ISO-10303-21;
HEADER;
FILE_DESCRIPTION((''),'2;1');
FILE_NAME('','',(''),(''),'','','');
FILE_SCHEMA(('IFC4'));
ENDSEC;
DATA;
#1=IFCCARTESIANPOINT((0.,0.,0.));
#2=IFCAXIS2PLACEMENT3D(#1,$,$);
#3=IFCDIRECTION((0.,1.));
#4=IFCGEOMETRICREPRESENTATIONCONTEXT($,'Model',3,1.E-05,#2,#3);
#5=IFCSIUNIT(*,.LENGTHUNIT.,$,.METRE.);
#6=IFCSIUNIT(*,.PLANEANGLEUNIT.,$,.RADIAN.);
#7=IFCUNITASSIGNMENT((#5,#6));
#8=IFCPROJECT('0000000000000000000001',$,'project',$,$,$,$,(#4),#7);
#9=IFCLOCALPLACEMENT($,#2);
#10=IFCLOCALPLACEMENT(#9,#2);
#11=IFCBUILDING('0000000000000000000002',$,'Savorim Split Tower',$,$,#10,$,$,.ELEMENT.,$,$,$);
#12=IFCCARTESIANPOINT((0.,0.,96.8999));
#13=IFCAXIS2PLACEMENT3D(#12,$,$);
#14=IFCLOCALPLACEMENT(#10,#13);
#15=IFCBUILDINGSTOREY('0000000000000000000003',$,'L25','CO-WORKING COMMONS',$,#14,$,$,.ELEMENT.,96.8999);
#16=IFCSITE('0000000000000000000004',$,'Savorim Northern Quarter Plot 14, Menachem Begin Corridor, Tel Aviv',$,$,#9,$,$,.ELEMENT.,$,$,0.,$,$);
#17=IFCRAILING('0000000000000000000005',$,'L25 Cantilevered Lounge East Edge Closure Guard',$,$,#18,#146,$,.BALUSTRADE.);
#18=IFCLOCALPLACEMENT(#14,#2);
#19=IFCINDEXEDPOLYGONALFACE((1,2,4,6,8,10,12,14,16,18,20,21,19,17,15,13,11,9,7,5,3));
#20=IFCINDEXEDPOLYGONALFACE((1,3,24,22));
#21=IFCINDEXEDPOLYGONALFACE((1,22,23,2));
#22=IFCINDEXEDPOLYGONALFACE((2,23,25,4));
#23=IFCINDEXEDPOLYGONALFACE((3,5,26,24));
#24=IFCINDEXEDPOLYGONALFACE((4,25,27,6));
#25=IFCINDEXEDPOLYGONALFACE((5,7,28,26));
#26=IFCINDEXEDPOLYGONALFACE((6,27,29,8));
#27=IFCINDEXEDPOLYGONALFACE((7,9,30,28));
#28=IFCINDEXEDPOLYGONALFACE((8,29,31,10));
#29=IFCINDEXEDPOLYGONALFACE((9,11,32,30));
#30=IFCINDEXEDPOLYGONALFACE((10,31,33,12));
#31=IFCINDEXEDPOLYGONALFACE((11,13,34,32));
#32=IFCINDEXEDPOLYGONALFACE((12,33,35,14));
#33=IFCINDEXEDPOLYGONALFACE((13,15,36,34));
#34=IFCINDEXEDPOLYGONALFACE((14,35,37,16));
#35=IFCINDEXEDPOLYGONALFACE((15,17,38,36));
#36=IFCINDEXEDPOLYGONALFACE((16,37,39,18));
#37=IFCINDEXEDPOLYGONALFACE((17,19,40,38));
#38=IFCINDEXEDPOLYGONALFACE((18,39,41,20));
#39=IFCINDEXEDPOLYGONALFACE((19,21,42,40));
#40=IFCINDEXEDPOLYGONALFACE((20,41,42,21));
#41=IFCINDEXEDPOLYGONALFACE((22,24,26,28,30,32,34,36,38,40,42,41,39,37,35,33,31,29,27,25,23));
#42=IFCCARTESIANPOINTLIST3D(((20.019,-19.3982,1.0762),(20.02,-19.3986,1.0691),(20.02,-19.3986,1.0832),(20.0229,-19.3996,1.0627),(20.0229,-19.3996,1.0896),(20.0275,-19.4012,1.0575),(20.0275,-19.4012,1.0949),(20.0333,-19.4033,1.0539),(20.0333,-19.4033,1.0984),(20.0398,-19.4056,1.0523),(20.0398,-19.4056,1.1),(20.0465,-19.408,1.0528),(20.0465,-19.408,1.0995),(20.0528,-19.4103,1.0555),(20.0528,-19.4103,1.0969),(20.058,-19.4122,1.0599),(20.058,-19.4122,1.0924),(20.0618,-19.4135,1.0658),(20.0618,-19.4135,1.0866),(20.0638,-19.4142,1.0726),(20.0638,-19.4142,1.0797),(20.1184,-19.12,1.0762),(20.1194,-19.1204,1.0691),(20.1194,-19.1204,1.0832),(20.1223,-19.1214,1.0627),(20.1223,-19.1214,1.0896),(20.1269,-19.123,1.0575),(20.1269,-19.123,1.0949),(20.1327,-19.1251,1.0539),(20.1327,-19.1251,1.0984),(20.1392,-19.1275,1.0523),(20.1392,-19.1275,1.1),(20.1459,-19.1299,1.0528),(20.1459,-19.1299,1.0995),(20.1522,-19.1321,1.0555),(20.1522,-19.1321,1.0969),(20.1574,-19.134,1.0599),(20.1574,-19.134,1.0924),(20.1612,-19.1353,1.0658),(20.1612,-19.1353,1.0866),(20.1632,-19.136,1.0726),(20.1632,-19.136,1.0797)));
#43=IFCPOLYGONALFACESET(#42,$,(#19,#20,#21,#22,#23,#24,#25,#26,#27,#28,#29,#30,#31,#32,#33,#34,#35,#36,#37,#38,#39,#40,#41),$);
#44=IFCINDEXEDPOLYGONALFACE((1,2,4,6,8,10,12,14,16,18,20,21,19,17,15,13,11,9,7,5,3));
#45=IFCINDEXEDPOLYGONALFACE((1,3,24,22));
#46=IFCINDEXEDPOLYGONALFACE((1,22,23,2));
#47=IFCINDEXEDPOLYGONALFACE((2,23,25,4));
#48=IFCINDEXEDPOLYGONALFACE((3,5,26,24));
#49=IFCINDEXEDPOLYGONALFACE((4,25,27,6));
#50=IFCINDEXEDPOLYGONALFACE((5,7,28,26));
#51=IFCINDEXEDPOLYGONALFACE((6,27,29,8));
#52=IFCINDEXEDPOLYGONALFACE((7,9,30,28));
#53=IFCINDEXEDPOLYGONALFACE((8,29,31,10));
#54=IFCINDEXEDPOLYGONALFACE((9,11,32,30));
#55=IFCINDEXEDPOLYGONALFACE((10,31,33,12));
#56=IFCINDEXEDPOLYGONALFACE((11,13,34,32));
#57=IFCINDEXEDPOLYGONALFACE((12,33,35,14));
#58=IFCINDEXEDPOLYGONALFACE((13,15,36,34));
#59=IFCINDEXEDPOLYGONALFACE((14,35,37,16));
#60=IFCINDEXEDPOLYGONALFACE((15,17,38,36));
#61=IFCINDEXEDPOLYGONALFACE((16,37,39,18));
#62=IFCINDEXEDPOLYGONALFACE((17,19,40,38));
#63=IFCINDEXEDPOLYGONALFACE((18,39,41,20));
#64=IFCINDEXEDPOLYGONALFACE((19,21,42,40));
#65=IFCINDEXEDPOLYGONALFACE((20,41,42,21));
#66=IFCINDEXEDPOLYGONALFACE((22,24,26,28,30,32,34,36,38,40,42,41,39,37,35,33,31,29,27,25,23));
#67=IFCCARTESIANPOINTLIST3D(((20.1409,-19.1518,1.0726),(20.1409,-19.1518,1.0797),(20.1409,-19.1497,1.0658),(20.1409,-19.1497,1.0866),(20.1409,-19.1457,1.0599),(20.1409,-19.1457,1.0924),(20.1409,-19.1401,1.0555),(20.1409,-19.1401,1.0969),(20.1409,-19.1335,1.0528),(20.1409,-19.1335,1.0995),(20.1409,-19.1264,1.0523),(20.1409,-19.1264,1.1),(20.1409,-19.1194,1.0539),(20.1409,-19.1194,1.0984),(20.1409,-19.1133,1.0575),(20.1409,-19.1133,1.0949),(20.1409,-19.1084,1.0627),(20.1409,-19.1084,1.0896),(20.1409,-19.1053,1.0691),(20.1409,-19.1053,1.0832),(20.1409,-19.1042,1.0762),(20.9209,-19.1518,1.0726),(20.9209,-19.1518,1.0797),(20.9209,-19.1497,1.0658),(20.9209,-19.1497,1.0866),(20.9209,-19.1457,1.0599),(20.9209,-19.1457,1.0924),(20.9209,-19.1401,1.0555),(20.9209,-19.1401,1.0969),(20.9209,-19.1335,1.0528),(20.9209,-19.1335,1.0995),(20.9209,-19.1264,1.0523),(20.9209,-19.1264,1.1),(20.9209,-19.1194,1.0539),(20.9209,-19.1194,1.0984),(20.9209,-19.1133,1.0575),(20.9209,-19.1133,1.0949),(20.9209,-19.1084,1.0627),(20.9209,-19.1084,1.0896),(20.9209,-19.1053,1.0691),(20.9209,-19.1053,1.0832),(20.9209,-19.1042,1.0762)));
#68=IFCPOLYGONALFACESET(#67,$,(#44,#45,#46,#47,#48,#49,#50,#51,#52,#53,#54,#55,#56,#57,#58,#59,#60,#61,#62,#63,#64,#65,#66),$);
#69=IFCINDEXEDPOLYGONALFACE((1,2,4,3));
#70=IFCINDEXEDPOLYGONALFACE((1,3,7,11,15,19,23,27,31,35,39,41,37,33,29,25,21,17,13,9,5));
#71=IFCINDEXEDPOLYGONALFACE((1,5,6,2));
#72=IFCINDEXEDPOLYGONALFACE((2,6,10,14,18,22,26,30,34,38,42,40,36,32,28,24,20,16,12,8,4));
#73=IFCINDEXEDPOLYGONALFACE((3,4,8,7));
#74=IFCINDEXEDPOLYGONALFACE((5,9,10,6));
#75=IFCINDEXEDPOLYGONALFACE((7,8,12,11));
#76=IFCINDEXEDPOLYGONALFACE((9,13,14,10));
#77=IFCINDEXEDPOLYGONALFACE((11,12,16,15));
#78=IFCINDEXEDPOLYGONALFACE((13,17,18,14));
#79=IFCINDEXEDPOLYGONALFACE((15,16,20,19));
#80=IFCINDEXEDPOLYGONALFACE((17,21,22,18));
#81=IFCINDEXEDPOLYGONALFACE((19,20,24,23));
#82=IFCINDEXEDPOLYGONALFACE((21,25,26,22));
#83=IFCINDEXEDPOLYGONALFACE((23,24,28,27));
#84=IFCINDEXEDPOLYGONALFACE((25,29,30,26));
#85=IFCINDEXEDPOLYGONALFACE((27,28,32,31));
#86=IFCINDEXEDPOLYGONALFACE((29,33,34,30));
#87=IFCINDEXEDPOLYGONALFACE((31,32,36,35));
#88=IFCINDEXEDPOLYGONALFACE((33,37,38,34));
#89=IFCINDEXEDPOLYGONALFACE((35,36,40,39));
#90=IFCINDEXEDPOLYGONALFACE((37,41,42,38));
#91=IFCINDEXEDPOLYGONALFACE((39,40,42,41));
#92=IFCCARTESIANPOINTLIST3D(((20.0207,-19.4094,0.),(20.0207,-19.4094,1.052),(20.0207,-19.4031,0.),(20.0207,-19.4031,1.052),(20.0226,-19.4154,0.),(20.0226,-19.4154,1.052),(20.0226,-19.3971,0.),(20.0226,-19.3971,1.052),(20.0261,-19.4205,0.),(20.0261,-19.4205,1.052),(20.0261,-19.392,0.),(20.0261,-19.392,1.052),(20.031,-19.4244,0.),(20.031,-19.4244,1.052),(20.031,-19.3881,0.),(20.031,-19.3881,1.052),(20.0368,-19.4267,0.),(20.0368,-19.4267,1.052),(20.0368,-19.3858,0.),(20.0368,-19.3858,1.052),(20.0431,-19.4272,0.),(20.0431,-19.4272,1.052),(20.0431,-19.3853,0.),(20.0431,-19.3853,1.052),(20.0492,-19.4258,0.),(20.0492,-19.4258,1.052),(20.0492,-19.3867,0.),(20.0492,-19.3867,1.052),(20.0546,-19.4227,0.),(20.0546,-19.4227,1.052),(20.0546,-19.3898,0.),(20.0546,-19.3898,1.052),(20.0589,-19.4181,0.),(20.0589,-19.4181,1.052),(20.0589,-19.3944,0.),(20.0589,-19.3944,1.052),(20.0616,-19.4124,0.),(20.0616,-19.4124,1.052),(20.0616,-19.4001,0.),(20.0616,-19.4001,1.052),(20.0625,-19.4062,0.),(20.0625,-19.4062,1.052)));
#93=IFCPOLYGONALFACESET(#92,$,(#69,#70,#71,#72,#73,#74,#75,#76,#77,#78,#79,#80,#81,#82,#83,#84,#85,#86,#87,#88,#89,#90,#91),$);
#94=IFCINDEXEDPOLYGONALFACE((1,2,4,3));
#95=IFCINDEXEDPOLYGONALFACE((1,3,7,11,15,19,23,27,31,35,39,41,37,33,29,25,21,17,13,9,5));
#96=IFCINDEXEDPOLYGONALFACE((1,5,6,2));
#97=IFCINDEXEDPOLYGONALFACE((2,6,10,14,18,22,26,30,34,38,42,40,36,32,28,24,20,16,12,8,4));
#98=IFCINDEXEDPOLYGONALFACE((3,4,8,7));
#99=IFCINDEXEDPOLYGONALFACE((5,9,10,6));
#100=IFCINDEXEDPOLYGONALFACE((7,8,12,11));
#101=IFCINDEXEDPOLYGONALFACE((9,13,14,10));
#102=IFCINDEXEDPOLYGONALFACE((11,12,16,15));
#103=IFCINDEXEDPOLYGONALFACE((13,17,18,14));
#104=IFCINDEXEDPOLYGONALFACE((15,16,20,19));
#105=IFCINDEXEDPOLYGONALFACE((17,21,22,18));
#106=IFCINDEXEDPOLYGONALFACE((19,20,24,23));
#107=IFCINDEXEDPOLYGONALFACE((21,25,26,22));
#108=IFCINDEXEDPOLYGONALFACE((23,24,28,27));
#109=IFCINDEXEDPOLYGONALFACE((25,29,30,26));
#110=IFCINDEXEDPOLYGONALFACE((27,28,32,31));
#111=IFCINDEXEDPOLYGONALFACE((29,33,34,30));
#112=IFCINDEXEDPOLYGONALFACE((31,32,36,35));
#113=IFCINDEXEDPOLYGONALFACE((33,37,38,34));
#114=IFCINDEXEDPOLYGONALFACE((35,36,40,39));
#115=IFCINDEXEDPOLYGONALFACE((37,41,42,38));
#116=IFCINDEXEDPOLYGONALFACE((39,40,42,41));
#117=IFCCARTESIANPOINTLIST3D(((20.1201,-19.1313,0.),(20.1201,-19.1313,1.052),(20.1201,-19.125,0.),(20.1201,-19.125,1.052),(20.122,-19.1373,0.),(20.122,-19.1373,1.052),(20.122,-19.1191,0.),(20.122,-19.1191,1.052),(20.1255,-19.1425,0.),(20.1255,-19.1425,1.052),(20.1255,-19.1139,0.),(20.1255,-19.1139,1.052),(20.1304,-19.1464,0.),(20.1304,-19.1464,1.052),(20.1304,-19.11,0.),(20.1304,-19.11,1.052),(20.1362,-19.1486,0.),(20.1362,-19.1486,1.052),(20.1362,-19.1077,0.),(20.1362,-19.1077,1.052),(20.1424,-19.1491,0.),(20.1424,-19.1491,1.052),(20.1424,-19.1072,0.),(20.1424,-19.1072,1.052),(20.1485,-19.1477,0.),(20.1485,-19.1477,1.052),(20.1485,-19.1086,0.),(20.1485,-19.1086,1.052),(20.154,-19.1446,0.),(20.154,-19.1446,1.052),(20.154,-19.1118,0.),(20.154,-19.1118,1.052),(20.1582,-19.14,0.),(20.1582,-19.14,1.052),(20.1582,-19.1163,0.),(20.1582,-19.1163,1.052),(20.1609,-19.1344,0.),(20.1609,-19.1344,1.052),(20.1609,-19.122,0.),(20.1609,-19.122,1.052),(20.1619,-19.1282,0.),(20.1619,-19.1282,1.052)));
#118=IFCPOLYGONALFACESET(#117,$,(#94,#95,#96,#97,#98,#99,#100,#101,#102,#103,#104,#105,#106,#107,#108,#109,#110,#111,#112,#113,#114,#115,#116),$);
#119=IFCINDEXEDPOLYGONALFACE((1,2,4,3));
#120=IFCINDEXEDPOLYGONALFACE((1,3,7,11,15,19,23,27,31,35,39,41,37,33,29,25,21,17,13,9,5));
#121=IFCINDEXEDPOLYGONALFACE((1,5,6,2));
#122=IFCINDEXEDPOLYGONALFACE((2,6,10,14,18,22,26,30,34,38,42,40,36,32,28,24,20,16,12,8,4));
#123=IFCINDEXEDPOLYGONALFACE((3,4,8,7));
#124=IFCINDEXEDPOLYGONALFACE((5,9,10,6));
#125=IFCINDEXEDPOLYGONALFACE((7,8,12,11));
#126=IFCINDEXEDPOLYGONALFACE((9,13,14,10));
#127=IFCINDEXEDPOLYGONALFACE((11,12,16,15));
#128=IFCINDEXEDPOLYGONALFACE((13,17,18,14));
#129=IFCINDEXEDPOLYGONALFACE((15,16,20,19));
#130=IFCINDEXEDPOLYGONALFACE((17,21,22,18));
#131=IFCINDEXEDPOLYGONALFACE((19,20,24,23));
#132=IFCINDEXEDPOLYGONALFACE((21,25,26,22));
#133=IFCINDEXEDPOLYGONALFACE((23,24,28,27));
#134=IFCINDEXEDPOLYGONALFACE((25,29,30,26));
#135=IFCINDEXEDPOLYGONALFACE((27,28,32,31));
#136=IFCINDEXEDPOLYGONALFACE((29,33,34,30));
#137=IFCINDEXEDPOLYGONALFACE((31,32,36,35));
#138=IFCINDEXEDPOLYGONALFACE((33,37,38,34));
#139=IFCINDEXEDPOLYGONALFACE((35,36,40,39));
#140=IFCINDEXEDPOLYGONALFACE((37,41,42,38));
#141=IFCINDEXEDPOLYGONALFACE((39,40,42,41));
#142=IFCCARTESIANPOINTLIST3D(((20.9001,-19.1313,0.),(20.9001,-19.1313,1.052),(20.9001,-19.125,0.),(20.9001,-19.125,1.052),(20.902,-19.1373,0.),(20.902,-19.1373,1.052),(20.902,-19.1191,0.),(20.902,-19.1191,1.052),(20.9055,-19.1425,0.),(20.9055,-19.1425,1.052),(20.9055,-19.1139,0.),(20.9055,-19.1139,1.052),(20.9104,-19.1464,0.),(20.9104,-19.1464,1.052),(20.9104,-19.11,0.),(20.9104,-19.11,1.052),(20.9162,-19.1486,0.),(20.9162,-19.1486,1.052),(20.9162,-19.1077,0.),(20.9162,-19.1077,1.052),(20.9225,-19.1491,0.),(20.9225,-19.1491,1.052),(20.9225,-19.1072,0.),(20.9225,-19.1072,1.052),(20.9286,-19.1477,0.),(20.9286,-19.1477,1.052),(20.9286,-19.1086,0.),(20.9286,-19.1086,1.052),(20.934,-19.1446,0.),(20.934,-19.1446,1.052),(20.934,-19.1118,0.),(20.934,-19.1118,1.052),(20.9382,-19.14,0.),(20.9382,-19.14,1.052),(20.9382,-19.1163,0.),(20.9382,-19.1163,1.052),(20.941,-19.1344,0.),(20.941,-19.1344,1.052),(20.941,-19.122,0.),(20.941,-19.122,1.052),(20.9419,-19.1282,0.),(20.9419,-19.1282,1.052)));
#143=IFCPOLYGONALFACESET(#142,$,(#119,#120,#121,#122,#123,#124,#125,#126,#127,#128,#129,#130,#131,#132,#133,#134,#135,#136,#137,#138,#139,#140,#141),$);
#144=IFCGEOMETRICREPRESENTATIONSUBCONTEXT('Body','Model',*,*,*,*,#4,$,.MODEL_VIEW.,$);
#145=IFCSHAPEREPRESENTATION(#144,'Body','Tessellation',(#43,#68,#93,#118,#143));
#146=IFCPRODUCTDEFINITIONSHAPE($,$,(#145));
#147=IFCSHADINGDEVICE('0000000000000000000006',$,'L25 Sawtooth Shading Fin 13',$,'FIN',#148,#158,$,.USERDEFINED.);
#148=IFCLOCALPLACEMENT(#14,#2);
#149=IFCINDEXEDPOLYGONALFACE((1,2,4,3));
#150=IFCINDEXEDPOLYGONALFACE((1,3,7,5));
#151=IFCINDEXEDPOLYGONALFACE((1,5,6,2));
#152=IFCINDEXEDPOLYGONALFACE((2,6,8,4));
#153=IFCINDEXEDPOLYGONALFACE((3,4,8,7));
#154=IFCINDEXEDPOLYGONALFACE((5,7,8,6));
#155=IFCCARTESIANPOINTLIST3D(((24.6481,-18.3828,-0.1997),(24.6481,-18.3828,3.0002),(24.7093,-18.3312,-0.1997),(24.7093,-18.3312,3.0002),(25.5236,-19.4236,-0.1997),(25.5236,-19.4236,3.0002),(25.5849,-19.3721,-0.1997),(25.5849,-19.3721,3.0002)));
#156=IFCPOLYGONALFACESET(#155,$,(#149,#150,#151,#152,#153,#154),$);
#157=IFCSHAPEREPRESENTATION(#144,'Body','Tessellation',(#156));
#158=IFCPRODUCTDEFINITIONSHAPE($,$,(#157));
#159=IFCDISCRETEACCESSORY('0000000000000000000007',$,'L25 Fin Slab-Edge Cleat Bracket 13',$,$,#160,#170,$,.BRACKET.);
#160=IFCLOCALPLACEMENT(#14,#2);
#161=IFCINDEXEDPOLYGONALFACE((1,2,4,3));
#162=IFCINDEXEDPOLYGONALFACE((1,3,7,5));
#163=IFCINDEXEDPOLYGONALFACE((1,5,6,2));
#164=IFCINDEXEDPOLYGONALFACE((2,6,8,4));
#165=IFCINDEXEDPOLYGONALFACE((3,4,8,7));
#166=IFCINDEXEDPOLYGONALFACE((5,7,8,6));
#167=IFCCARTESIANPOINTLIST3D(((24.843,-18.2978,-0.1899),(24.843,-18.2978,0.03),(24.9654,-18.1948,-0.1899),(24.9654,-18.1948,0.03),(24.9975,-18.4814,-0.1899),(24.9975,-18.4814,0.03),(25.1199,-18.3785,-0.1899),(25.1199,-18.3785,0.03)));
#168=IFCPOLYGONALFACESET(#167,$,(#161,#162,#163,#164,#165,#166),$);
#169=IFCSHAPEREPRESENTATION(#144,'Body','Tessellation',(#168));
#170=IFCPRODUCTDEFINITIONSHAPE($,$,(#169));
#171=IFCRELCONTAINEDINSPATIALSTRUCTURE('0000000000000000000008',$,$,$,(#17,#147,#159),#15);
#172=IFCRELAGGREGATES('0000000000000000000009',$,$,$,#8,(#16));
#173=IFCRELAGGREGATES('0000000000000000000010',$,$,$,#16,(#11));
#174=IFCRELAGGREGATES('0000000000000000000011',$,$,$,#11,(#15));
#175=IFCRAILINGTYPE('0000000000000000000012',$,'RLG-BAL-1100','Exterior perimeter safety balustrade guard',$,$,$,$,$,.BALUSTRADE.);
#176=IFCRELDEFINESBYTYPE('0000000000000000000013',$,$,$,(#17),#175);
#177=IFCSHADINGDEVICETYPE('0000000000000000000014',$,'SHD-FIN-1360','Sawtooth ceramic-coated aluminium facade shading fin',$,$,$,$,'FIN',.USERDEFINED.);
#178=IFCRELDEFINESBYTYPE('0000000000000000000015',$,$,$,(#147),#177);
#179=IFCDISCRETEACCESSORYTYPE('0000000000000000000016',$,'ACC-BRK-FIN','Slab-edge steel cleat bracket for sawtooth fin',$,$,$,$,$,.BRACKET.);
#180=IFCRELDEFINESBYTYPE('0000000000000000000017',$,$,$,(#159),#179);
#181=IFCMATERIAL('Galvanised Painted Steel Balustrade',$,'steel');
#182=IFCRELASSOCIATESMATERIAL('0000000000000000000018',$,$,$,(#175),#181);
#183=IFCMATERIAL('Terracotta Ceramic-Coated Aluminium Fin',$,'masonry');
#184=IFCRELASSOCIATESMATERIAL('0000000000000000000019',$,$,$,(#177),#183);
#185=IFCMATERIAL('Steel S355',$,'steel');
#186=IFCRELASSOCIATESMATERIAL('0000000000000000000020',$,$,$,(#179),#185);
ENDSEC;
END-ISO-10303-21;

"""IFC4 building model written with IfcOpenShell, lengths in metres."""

from ifc_helpers import new_model, si_unit, direction, frame, origin, origin_2d, place, context, subcontext, project, spatial, rectangle, circle, extrude, material, type_object, element, save


model = new_model("IFC4")

# Units and contexts
model_context = context("Model", 3, precision=1e-05, world=origin(), true_north=direction((0.0, 1.0)))
body_context = subcontext(model_context, "Body", "Model", "MODEL_VIEW")
ifc_project = project(units=[si_unit("LENGTHUNIT", "METRE"), si_unit("PLANEANGLEUNIT", "RADIAN")], contexts=[model_context])

# Site, building, storey
site_placement = place(None, origin())
site = spatial("IfcSite", under=ifc_project, at=site_placement, Name="Savorim Northern Quarter Plot 14, Menachem Begin Corridor, Tel Aviv", CompositionType="ELEMENT", RefElevation=0.0)
building_placement = place(site_placement, origin())
building = spatial("IfcBuilding", under=site, at=building_placement, Name="Savorim Split Tower", CompositionType="ELEMENT")
storey_placement = place(building_placement, frame((0.0, 0.0, 96.8999)))
storey = spatial("IfcBuildingStorey", under=building, at=storey_placement, Name="L25", Description="CO-WORKING COMMONS", CompositionType="ELEMENT", Elevation=96.8999)

# Shared definitions
ifc_material_1 = material(Name="Steel S355", Category="steel")

# Railing
ifc_material_2 = material(Name="Galvanised Painted Steel Balustrade", Category="steel")
railing_type = type_object("IfcRailingType", Name="RLG-BAL-1100", Description="Exterior perimeter safety balustrade guard", PredefinedType="BALUSTRADE", material=ifc_material_2)
railing_placement = place(storey_placement, frame((20.0415, -19.4062, 0.0)))
element("IfcRailing", 1, at=railing_placement, inside=storey, type_object=railing_type, Name="L25 Cantilevered Lounge East Edge Closure Guard", PredefinedType="BALUSTRADE", context=body_context, shape_type="SweptSolid", body=[
    extrude(circle(Radius=0.0239, at=origin_2d()), frame((0.0, 0.0, 1.0762), z_axis=(0.336494, 0.941686, 0.0), x_axis=(-0.941686, 0.336494, 0.0)), (0.0, 0.0, 1.0), 0.2954),
    extrude(circle(Radius=0.0239, at=origin_2d()), frame((0.0994, 0.2781, 1.0762), z_axis=(1.0, 0.0, 0.0), x_axis=(0.0, 1.0, 0.0)), (0.0, 0.0, 1.0), 0.78),
    extrude(circle(Radius=0.021, at=origin_2d()), origin(), (0.0, 0.0, 1.0), 1.052),
    extrude(circle(Radius=0.021, at=origin_2d()), frame((0.0994, 0.2781, 0.0)), (0.0, 0.0, 1.0), 1.052),
    extrude(circle(Radius=0.021, at=origin_2d()), frame((0.8794, 0.2781, 0.0)), (0.0, 0.0, 1.0), 1.052),
])

# Shading device
ifc_material_3 = material(Name="Terracotta Ceramic-Coated Aluminium Fin", Category="masonry")
shading_device_type = type_object("IfcShadingDeviceType", Name="SHD-FIN-1360", Description="Sawtooth ceramic-coated aluminium facade shading fin", ElementType="FIN", PredefinedType="USERDEFINED", material=ifc_material_3)
shading_device_placement = place(storey_placement, frame((25.1165, -18.8774, -0.1997), z_axis=(0.0, 0.0, 1.0), x_axis=(0.643719, -0.765262, 0.0)))
element("IfcShadingDevice", 2, at=shading_device_placement, inside=storey, type_object=shading_device_type, Name="L25 Sawtooth Shading Fin 13", ObjectType="FIN", PredefinedType="USERDEFINED", context=body_context, shape_type="SweptSolid", body=[
    extrude(rectangle(XDim=1.3601, YDim=0.0801, at=origin_2d()), origin(), (0.0, 0.0, 1.0), 3.2),
])

# Discrete accessory
discrete_accessory_type = type_object("IfcDiscreteAccessoryType", Name="ACC-BRK-FIN", Description="Slab-edge steel cleat bracket for sawtooth fin", PredefinedType="BRACKET", material=ifc_material_1)
discrete_accessory_placement = place(storey_placement, frame((24.9814, -18.3381, -0.1899), z_axis=(0.0, 0.0, 1.0), x_axis=(0.643719, -0.765262, 0.0)))
element("IfcDiscreteAccessory", 3, at=discrete_accessory_placement, inside=storey, type_object=discrete_accessory_type, Name="L25 Fin Slab-Edge Cleat Bracket 13", PredefinedType="BRACKET", context=body_context, shape_type="SweptSolid", body=[
    extrude(rectangle(XDim=0.24, YDim=0.1599, at=origin_2d()), origin(), (0.0, 0.0, 1.0), 0.22),
])

save(model, "model.ifc")
